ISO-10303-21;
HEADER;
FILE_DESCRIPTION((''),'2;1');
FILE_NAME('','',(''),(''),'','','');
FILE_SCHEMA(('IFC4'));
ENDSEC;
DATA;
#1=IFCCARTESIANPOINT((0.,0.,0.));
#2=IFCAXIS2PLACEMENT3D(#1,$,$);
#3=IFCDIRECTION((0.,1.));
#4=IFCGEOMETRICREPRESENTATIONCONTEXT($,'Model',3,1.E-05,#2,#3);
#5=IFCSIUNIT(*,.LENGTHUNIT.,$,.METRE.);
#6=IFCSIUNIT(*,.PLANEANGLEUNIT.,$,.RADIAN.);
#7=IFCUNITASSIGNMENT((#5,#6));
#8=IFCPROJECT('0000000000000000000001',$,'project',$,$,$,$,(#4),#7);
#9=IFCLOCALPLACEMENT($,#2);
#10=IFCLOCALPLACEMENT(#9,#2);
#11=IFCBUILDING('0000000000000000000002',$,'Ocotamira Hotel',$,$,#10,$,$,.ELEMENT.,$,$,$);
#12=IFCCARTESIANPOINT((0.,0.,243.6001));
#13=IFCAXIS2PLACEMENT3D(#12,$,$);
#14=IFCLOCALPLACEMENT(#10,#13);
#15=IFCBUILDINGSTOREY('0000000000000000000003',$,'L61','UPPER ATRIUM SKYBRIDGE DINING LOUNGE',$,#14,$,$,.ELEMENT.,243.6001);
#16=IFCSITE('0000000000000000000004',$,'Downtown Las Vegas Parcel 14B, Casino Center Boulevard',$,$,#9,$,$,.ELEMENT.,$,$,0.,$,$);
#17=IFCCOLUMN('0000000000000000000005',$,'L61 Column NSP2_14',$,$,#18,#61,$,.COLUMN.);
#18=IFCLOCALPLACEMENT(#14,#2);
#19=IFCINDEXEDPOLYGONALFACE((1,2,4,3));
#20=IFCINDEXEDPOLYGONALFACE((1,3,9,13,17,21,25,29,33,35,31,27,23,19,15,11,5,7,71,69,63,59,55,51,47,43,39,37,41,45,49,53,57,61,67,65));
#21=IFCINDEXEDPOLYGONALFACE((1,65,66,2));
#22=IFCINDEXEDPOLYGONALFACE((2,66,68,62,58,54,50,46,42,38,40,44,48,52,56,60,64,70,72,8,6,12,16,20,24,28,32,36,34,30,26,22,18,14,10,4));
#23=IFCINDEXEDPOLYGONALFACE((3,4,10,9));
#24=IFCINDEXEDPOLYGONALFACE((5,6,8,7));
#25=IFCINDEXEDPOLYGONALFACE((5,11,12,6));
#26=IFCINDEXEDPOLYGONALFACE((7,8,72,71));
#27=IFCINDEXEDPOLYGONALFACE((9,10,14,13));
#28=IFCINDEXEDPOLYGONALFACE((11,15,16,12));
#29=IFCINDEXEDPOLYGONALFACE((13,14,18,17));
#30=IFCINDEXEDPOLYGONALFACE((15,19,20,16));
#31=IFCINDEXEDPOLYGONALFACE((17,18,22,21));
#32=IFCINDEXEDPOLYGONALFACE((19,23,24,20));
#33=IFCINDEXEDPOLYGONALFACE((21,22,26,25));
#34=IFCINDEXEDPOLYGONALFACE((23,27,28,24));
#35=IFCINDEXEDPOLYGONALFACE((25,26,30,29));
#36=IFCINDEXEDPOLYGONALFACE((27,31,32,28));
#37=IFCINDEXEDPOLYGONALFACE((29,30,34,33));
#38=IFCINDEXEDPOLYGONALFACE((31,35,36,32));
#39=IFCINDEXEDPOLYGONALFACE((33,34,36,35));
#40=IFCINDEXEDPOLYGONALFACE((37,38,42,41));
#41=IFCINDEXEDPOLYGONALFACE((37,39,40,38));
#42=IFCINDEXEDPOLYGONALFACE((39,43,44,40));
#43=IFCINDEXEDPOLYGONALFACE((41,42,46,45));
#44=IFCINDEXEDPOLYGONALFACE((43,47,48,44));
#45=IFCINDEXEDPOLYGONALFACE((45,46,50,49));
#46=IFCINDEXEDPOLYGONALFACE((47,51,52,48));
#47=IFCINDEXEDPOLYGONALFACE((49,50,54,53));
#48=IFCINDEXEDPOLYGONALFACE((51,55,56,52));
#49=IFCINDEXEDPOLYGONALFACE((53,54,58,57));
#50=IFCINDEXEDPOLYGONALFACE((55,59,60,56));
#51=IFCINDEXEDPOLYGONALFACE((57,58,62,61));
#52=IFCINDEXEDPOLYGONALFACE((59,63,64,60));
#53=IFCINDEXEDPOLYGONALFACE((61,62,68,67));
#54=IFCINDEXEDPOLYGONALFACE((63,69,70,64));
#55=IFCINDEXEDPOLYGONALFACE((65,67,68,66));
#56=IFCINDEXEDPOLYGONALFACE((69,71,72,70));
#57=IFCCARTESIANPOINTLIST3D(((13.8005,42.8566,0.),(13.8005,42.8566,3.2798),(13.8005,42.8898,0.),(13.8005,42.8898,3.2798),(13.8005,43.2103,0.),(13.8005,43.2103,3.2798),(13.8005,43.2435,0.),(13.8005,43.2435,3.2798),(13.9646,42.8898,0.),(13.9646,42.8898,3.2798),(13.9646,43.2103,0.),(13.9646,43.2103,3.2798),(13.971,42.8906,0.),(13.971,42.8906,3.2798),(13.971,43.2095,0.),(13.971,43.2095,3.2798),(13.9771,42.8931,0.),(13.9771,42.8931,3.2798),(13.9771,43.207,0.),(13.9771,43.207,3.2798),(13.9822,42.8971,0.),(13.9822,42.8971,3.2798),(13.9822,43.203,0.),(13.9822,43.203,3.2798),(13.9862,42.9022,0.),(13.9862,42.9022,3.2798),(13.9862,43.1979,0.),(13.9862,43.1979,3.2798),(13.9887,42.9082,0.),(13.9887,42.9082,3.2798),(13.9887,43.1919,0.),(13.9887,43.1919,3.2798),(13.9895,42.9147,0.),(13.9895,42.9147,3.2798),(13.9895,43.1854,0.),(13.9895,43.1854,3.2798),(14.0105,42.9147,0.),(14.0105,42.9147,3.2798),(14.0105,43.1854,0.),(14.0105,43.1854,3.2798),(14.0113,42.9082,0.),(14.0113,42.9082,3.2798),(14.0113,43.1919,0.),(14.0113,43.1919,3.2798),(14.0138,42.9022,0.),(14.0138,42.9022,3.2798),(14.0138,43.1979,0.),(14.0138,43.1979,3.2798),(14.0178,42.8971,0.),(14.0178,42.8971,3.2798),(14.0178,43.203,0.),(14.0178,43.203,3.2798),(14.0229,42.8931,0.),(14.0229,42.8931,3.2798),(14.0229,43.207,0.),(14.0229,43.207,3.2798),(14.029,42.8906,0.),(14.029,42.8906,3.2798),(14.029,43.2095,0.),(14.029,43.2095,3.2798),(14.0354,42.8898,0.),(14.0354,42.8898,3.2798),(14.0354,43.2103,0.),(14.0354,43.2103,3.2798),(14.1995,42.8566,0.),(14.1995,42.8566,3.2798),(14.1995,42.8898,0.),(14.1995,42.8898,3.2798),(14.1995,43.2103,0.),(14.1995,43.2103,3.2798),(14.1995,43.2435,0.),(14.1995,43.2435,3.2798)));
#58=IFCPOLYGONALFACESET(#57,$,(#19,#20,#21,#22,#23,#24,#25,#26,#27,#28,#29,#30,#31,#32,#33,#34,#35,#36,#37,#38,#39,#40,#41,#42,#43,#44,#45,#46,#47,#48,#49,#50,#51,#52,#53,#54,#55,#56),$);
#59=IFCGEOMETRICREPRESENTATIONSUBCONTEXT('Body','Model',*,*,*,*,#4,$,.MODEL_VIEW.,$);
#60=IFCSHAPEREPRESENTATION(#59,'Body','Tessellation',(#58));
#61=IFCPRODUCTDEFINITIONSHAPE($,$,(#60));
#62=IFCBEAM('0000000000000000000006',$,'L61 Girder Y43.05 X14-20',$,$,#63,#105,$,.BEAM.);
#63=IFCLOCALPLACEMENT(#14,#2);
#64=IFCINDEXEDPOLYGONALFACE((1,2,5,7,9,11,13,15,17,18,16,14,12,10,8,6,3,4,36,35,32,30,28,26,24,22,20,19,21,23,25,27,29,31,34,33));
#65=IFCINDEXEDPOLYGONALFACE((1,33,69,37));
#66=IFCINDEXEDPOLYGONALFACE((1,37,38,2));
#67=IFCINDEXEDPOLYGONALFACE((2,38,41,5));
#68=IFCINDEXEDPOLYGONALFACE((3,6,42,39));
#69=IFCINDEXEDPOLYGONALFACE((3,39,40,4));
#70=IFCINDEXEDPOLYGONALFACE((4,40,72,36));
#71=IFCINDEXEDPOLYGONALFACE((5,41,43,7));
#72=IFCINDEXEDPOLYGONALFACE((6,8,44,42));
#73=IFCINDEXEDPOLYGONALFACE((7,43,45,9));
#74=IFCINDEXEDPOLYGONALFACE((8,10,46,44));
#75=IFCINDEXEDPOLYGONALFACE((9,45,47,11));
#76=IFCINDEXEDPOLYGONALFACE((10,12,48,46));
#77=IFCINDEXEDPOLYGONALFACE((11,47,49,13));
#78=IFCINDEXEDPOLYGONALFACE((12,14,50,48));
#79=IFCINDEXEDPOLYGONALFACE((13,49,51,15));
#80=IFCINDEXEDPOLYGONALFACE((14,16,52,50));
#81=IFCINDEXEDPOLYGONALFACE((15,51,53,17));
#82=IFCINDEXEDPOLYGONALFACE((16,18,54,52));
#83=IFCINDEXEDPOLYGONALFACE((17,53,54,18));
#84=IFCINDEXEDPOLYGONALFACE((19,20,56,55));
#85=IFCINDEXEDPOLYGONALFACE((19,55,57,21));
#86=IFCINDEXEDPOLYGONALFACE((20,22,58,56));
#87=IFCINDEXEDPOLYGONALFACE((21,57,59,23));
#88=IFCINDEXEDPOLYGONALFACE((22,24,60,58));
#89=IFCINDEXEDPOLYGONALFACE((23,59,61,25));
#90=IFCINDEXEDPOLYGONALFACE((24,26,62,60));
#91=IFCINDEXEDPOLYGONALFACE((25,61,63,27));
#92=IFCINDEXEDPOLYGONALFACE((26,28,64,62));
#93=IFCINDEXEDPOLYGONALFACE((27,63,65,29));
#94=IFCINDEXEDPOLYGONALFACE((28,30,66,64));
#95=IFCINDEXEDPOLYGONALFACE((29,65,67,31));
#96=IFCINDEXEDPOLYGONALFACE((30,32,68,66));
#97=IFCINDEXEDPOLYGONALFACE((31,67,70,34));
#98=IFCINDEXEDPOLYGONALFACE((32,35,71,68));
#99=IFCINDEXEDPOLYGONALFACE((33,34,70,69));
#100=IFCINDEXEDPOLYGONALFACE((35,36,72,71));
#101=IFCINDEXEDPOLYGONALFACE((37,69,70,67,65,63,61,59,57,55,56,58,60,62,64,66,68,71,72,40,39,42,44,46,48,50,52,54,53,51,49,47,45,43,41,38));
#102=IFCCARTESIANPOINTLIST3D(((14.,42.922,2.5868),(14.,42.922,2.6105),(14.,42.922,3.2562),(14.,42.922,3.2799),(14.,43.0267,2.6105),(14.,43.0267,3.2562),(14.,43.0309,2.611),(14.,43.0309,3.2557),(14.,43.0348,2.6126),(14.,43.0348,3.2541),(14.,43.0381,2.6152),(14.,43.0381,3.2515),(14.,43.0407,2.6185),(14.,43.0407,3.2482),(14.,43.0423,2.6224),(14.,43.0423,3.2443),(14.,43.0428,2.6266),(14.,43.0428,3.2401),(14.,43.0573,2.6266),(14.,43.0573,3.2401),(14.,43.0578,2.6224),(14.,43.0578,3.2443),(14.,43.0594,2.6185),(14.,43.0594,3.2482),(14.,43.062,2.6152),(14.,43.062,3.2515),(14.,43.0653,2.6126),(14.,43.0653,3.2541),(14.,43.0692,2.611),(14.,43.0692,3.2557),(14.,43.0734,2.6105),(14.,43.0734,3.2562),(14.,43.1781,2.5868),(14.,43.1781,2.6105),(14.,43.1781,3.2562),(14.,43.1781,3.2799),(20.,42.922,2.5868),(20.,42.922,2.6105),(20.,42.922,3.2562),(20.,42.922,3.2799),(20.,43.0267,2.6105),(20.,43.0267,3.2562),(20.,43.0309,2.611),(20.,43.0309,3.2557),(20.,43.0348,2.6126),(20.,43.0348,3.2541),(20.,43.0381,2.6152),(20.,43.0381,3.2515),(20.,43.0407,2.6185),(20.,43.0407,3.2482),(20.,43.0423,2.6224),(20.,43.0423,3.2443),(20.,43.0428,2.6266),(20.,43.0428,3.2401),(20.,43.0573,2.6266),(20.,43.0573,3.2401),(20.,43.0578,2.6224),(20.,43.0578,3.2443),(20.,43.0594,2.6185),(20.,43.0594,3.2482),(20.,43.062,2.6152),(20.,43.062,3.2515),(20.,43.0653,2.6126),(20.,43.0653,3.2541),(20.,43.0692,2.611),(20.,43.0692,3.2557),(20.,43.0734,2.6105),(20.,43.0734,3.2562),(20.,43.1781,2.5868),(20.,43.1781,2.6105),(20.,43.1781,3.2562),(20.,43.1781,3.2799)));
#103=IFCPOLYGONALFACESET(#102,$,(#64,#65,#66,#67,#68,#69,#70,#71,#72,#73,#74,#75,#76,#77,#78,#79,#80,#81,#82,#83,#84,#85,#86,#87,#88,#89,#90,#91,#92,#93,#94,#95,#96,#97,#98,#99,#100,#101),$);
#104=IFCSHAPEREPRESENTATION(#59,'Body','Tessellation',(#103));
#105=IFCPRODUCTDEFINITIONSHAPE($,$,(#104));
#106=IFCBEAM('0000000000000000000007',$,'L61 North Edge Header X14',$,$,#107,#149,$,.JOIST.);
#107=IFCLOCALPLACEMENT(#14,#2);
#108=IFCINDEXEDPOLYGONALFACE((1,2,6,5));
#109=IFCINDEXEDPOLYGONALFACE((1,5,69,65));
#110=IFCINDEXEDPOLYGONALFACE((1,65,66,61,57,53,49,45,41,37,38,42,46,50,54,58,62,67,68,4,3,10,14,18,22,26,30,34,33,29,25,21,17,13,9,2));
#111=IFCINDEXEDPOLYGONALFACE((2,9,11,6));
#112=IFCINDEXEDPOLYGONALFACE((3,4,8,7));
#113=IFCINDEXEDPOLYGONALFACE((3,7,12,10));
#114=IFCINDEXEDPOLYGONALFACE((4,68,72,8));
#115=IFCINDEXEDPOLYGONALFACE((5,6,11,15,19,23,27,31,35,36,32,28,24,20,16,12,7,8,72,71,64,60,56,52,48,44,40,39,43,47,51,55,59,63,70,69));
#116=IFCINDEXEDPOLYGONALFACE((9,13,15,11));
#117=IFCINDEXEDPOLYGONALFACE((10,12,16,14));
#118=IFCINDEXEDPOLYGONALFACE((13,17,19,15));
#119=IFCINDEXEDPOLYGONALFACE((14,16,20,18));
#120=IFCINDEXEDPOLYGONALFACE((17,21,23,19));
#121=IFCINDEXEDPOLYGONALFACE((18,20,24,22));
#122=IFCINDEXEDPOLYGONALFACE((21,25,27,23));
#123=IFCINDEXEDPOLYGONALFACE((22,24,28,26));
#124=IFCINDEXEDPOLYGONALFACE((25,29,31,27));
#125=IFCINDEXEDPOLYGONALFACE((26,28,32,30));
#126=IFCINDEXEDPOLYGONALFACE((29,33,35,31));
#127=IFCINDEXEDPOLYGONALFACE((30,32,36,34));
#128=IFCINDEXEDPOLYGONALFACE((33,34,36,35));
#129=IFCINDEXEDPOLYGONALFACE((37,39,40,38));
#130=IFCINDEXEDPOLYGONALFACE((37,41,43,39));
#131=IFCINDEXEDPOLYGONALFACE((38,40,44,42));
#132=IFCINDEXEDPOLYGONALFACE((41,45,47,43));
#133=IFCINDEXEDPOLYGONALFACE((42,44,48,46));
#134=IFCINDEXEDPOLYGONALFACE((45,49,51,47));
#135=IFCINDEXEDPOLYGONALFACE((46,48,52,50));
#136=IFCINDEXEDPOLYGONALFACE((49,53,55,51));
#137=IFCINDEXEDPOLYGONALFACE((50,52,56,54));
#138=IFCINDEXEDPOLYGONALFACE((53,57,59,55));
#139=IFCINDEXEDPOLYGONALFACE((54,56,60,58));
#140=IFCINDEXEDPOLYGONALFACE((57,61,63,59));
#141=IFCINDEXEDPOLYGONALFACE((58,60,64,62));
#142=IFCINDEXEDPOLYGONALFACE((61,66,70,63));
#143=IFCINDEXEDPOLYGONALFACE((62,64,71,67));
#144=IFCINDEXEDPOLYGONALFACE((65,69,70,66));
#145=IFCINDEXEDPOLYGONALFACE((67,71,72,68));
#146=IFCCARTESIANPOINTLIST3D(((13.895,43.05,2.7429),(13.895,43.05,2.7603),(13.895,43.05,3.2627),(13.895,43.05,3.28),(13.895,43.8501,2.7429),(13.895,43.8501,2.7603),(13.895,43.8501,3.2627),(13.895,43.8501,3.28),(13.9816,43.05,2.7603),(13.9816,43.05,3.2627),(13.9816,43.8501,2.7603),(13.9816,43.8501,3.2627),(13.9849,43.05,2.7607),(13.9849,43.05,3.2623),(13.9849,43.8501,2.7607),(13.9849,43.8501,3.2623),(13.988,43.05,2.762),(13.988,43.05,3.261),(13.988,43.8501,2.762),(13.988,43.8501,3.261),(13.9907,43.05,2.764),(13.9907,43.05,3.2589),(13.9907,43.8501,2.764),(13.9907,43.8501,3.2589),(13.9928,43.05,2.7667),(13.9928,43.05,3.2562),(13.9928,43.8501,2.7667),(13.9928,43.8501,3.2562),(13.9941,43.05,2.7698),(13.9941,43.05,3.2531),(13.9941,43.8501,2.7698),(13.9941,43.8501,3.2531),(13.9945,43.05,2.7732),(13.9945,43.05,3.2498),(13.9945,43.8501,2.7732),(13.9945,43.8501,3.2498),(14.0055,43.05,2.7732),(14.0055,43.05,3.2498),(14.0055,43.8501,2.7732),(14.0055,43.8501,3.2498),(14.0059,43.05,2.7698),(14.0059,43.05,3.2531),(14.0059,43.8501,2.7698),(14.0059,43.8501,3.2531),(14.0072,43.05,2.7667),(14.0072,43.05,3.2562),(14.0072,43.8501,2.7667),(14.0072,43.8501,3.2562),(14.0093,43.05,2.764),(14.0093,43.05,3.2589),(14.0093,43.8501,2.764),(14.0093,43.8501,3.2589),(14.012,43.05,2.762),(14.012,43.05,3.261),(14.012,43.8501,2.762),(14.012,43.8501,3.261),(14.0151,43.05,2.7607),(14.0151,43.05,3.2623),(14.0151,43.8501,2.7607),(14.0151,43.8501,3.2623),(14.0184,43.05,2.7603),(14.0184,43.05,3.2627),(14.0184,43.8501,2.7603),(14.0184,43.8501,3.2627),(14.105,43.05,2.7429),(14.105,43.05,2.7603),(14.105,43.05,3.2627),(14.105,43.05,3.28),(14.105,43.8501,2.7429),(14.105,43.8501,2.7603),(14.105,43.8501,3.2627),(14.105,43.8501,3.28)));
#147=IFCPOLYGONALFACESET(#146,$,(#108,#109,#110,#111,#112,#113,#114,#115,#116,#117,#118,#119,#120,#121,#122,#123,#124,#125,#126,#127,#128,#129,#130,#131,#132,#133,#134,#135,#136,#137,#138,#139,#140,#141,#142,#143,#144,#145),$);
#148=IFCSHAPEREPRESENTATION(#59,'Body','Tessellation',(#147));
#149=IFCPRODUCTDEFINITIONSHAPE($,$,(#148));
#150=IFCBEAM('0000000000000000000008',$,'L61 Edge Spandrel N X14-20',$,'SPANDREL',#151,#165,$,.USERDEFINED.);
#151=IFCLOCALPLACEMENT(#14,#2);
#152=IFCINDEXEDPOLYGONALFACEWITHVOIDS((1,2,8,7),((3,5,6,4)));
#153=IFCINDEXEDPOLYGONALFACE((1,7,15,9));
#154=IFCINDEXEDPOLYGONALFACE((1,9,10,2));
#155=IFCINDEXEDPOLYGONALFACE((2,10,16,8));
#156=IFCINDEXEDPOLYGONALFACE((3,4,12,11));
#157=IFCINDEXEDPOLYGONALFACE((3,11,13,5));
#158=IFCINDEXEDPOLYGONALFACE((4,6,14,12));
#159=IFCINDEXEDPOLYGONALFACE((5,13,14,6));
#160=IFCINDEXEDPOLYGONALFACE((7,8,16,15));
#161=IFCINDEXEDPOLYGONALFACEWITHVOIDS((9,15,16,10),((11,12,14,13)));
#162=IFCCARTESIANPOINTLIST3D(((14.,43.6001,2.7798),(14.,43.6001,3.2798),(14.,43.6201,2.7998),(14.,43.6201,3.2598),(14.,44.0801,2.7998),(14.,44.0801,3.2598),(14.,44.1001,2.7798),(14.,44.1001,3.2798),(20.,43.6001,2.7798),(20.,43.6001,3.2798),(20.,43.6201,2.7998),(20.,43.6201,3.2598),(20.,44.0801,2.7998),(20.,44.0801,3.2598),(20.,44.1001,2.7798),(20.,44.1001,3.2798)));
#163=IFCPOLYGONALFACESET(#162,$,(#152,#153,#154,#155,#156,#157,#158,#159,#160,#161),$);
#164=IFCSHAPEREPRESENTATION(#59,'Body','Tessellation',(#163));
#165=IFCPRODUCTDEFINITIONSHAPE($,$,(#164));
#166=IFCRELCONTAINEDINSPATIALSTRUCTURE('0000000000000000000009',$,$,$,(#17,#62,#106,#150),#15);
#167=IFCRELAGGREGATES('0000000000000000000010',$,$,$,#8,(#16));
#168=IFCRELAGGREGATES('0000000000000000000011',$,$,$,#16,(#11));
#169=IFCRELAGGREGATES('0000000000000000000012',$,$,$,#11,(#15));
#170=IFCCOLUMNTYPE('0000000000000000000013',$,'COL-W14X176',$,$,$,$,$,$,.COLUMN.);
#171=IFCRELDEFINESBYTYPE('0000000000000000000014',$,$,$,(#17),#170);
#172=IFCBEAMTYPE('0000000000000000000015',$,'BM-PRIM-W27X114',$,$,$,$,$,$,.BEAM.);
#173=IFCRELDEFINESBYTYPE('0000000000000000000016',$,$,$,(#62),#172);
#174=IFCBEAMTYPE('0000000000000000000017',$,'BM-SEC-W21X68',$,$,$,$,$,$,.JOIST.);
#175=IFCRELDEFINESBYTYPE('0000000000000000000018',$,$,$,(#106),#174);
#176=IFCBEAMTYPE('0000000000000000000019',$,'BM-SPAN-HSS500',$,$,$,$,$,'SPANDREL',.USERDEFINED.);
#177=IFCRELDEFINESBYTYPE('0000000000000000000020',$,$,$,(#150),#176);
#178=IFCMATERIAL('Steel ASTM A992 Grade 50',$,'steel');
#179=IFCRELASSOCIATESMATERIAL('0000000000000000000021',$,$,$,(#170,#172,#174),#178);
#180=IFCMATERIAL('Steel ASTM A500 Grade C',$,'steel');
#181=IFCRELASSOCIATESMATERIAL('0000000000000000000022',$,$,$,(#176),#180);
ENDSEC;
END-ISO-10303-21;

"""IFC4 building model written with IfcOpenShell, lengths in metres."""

from ifc_helpers import new_model, si_unit, direction, frame, origin, origin_2d, place, context, subcontext, project, spatial, hollow_rectangle, i_section, extrude, source, transform, mapped, material, material_profile, profile_set, type_object, element, save


model = new_model("IFC4")

# Units and contexts
model_context = context("Model", 3, precision=1e-05, world=origin(), true_north=direction((0.0, 1.0)))
body_context = subcontext(model_context, "Body", "Model", "MODEL_VIEW")
ifc_project = project(units=[si_unit("LENGTHUNIT", "METRE"), si_unit("PLANEANGLEUNIT", "RADIAN")], contexts=[model_context])

# Site, building, storey
site_placement = place(None, origin())
site = spatial("IfcSite", under=ifc_project, at=site_placement, Name="Downtown Las Vegas Parcel 14B, Casino Center Boulevard", CompositionType="ELEMENT", RefElevation=0.0)
building_placement = place(site_placement, origin())
building = spatial("IfcBuilding", under=site, at=building_placement, Name="Ocotamira Hotel", CompositionType="ELEMENT")
storey_placement = place(building_placement, frame((0.0, 0.0, 243.6001)))
storey = spatial("IfcBuildingStorey", under=building, at=storey_placement, Name="L61", Description="UPPER ATRIUM SKYBRIDGE DINING LOUNGE", CompositionType="ELEMENT", Elevation=243.6001)

# Column
ifc_material_1 = material(Name="Steel ASTM A992 Grade 50", Category="steel")
ifc_material_profile_1 = material_profile(ifc_material_1, i_section(OverallWidth=0.3989, OverallDepth=0.387, WebThickness=0.021, FlangeThickness=0.0332, FilletRadius=0.0249, at=origin_2d()), Name="W14X176")
ifc_profile_set_1 = profile_set([ifc_material_profile_1], Name="Steel ASTM A992 Grade 50")
column_type = type_object("IfcColumnType", Name="COL-W14X176", PredefinedType="COLUMN", material=ifc_profile_set_1)
shared_shape_1 = source(origin(), body_context, "Body", "SweptSolid", [
    extrude(i_section(OverallWidth=0.3989, OverallDepth=0.387, WebThickness=0.021, FlangeThickness=0.0332, FilletRadius=0.0249, at=origin_2d()), origin(), (0.0, 0.0, 1.0), 3.2798),
])
column_placement = place(storey_placement, frame((14.0, 43.05, 0.0), z_axis=(0.0, 0.0, 1.0), x_axis=(1.0, 0.0, 0.0)))
element("IfcColumn", 1, at=column_placement, inside=storey, type_object=column_type, Name="L61 Column NSP2_14", PredefinedType="COLUMN", context=body_context, shape_type="MappedRepresentation", body=[
    mapped(shared_shape_1, transform((0.0, 0.0, 0.0), scale=1.0)),
])

# Beams
ifc_material_profile_2 = material_profile(ifc_material_1, i_section(OverallWidth=0.2561, OverallDepth=0.6931, WebThickness=0.0144, FlangeThickness=0.0237, FilletRadius=0.0161, at=origin_2d()), Name="W27X114")
ifc_profile_set_2 = profile_set([ifc_material_profile_2], Name="Steel ASTM A992 Grade 50")
beam_type_1 = type_object("IfcBeamType", Name="BM-PRIM-W27X114", PredefinedType="BEAM", material=ifc_profile_set_2)
shared_shape_2 = source(origin(), body_context, "Body", "SweptSolid", [
    extrude(i_section(OverallWidth=0.2561, OverallDepth=0.6931, WebThickness=0.0144, FlangeThickness=0.0237, FilletRadius=0.0161, at=origin_2d()), origin(), (0.0, 0.0, 1.0), 6.0),
])
beam_1_placement = place(storey_placement, frame((14.0, 43.05, 2.9333), z_axis=(1.0, 0.0, 0.0), x_axis=(0.0, 1.0, 0.0)))
element("IfcBeam", 2, at=beam_1_placement, inside=storey, type_object=beam_type_1, Name="L61 Girder Y43.05 X14-20", PredefinedType="BEAM", context=body_context, shape_type="MappedRepresentation", body=[
    mapped(shared_shape_2, transform((0.0, 0.0, 0.0), scale=1.0)),
])
ifc_material_profile_3 = material_profile(ifc_material_1, i_section(OverallWidth=0.21, OverallDepth=0.5371, WebThickness=0.011, FlangeThickness=0.0173, FilletRadius=0.0129, at=origin_2d()), Name="W21X68")
ifc_profile_set_3 = profile_set([ifc_material_profile_3], Name="Steel ASTM A992 Grade 50")
beam_type_2 = type_object("IfcBeamType", Name="BM-SEC-W21X68", PredefinedType="JOIST", material=ifc_profile_set_3)
shared_shape_3 = source(origin(), body_context, "Body", "SweptSolid", [
    extrude(i_section(OverallWidth=0.21, OverallDepth=0.5371, WebThickness=0.011, FlangeThickness=0.0173, FilletRadius=0.0129, at=origin_2d()), origin(), (0.0, 0.0, 1.0), 0.8),
])
beam_2_placement = place(storey_placement, frame((14.0, 43.05, 3.0115), z_axis=(0.0, 1.0, 0.0), x_axis=(-1.0, 0.0, 0.0)))
element("IfcBeam", 3, at=beam_2_placement, inside=storey, type_object=beam_type_2, Name="L61 North Edge Header X14", PredefinedType="JOIST", context=body_context, shape_type="MappedRepresentation", body=[
    mapped(shared_shape_3, transform((0.0, 0.0, 0.0), scale=1.0)),
])
ifc_material_2 = material(Name="Steel ASTM A500 Grade C", Category="steel")
ifc_material_profile_4 = material_profile(ifc_material_2, hollow_rectangle(XDim=0.5, YDim=0.5, WallThickness=0.02, at=origin_2d()), Name="HSS500X500X20")
ifc_profile_set_4 = profile_set([ifc_material_profile_4], Name="Steel ASTM A500 Grade C")
beam_type_3 = type_object("IfcBeamType", Name="BM-SPAN-HSS500", ElementType="SPANDREL", PredefinedType="USERDEFINED", material=ifc_profile_set_4)
shared_shape_4 = source(origin(), body_context, "Body", "SweptSolid", [
    extrude(hollow_rectangle(XDim=0.5, YDim=0.5, WallThickness=0.02, at=origin_2d()), origin(), (0.0, 0.0, 1.0), 6.0),
])
beam_3_placement = place(storey_placement, frame((14.0, 43.8501, 3.0298), z_axis=(1.0, 0.0, 0.0), x_axis=(0.0, 1.0, 0.0)))
element("IfcBeam", 4, at=beam_3_placement, inside=storey, type_object=beam_type_3, Name="L61 Edge Spandrel N X14-20", ObjectType="SPANDREL", PredefinedType="USERDEFINED", context=body_context, shape_type="MappedRepresentation", body=[
    mapped(shared_shape_4, transform((0.0, 0.0, 0.0), scale=1.0)),
])

save(model, "model.ifc")
